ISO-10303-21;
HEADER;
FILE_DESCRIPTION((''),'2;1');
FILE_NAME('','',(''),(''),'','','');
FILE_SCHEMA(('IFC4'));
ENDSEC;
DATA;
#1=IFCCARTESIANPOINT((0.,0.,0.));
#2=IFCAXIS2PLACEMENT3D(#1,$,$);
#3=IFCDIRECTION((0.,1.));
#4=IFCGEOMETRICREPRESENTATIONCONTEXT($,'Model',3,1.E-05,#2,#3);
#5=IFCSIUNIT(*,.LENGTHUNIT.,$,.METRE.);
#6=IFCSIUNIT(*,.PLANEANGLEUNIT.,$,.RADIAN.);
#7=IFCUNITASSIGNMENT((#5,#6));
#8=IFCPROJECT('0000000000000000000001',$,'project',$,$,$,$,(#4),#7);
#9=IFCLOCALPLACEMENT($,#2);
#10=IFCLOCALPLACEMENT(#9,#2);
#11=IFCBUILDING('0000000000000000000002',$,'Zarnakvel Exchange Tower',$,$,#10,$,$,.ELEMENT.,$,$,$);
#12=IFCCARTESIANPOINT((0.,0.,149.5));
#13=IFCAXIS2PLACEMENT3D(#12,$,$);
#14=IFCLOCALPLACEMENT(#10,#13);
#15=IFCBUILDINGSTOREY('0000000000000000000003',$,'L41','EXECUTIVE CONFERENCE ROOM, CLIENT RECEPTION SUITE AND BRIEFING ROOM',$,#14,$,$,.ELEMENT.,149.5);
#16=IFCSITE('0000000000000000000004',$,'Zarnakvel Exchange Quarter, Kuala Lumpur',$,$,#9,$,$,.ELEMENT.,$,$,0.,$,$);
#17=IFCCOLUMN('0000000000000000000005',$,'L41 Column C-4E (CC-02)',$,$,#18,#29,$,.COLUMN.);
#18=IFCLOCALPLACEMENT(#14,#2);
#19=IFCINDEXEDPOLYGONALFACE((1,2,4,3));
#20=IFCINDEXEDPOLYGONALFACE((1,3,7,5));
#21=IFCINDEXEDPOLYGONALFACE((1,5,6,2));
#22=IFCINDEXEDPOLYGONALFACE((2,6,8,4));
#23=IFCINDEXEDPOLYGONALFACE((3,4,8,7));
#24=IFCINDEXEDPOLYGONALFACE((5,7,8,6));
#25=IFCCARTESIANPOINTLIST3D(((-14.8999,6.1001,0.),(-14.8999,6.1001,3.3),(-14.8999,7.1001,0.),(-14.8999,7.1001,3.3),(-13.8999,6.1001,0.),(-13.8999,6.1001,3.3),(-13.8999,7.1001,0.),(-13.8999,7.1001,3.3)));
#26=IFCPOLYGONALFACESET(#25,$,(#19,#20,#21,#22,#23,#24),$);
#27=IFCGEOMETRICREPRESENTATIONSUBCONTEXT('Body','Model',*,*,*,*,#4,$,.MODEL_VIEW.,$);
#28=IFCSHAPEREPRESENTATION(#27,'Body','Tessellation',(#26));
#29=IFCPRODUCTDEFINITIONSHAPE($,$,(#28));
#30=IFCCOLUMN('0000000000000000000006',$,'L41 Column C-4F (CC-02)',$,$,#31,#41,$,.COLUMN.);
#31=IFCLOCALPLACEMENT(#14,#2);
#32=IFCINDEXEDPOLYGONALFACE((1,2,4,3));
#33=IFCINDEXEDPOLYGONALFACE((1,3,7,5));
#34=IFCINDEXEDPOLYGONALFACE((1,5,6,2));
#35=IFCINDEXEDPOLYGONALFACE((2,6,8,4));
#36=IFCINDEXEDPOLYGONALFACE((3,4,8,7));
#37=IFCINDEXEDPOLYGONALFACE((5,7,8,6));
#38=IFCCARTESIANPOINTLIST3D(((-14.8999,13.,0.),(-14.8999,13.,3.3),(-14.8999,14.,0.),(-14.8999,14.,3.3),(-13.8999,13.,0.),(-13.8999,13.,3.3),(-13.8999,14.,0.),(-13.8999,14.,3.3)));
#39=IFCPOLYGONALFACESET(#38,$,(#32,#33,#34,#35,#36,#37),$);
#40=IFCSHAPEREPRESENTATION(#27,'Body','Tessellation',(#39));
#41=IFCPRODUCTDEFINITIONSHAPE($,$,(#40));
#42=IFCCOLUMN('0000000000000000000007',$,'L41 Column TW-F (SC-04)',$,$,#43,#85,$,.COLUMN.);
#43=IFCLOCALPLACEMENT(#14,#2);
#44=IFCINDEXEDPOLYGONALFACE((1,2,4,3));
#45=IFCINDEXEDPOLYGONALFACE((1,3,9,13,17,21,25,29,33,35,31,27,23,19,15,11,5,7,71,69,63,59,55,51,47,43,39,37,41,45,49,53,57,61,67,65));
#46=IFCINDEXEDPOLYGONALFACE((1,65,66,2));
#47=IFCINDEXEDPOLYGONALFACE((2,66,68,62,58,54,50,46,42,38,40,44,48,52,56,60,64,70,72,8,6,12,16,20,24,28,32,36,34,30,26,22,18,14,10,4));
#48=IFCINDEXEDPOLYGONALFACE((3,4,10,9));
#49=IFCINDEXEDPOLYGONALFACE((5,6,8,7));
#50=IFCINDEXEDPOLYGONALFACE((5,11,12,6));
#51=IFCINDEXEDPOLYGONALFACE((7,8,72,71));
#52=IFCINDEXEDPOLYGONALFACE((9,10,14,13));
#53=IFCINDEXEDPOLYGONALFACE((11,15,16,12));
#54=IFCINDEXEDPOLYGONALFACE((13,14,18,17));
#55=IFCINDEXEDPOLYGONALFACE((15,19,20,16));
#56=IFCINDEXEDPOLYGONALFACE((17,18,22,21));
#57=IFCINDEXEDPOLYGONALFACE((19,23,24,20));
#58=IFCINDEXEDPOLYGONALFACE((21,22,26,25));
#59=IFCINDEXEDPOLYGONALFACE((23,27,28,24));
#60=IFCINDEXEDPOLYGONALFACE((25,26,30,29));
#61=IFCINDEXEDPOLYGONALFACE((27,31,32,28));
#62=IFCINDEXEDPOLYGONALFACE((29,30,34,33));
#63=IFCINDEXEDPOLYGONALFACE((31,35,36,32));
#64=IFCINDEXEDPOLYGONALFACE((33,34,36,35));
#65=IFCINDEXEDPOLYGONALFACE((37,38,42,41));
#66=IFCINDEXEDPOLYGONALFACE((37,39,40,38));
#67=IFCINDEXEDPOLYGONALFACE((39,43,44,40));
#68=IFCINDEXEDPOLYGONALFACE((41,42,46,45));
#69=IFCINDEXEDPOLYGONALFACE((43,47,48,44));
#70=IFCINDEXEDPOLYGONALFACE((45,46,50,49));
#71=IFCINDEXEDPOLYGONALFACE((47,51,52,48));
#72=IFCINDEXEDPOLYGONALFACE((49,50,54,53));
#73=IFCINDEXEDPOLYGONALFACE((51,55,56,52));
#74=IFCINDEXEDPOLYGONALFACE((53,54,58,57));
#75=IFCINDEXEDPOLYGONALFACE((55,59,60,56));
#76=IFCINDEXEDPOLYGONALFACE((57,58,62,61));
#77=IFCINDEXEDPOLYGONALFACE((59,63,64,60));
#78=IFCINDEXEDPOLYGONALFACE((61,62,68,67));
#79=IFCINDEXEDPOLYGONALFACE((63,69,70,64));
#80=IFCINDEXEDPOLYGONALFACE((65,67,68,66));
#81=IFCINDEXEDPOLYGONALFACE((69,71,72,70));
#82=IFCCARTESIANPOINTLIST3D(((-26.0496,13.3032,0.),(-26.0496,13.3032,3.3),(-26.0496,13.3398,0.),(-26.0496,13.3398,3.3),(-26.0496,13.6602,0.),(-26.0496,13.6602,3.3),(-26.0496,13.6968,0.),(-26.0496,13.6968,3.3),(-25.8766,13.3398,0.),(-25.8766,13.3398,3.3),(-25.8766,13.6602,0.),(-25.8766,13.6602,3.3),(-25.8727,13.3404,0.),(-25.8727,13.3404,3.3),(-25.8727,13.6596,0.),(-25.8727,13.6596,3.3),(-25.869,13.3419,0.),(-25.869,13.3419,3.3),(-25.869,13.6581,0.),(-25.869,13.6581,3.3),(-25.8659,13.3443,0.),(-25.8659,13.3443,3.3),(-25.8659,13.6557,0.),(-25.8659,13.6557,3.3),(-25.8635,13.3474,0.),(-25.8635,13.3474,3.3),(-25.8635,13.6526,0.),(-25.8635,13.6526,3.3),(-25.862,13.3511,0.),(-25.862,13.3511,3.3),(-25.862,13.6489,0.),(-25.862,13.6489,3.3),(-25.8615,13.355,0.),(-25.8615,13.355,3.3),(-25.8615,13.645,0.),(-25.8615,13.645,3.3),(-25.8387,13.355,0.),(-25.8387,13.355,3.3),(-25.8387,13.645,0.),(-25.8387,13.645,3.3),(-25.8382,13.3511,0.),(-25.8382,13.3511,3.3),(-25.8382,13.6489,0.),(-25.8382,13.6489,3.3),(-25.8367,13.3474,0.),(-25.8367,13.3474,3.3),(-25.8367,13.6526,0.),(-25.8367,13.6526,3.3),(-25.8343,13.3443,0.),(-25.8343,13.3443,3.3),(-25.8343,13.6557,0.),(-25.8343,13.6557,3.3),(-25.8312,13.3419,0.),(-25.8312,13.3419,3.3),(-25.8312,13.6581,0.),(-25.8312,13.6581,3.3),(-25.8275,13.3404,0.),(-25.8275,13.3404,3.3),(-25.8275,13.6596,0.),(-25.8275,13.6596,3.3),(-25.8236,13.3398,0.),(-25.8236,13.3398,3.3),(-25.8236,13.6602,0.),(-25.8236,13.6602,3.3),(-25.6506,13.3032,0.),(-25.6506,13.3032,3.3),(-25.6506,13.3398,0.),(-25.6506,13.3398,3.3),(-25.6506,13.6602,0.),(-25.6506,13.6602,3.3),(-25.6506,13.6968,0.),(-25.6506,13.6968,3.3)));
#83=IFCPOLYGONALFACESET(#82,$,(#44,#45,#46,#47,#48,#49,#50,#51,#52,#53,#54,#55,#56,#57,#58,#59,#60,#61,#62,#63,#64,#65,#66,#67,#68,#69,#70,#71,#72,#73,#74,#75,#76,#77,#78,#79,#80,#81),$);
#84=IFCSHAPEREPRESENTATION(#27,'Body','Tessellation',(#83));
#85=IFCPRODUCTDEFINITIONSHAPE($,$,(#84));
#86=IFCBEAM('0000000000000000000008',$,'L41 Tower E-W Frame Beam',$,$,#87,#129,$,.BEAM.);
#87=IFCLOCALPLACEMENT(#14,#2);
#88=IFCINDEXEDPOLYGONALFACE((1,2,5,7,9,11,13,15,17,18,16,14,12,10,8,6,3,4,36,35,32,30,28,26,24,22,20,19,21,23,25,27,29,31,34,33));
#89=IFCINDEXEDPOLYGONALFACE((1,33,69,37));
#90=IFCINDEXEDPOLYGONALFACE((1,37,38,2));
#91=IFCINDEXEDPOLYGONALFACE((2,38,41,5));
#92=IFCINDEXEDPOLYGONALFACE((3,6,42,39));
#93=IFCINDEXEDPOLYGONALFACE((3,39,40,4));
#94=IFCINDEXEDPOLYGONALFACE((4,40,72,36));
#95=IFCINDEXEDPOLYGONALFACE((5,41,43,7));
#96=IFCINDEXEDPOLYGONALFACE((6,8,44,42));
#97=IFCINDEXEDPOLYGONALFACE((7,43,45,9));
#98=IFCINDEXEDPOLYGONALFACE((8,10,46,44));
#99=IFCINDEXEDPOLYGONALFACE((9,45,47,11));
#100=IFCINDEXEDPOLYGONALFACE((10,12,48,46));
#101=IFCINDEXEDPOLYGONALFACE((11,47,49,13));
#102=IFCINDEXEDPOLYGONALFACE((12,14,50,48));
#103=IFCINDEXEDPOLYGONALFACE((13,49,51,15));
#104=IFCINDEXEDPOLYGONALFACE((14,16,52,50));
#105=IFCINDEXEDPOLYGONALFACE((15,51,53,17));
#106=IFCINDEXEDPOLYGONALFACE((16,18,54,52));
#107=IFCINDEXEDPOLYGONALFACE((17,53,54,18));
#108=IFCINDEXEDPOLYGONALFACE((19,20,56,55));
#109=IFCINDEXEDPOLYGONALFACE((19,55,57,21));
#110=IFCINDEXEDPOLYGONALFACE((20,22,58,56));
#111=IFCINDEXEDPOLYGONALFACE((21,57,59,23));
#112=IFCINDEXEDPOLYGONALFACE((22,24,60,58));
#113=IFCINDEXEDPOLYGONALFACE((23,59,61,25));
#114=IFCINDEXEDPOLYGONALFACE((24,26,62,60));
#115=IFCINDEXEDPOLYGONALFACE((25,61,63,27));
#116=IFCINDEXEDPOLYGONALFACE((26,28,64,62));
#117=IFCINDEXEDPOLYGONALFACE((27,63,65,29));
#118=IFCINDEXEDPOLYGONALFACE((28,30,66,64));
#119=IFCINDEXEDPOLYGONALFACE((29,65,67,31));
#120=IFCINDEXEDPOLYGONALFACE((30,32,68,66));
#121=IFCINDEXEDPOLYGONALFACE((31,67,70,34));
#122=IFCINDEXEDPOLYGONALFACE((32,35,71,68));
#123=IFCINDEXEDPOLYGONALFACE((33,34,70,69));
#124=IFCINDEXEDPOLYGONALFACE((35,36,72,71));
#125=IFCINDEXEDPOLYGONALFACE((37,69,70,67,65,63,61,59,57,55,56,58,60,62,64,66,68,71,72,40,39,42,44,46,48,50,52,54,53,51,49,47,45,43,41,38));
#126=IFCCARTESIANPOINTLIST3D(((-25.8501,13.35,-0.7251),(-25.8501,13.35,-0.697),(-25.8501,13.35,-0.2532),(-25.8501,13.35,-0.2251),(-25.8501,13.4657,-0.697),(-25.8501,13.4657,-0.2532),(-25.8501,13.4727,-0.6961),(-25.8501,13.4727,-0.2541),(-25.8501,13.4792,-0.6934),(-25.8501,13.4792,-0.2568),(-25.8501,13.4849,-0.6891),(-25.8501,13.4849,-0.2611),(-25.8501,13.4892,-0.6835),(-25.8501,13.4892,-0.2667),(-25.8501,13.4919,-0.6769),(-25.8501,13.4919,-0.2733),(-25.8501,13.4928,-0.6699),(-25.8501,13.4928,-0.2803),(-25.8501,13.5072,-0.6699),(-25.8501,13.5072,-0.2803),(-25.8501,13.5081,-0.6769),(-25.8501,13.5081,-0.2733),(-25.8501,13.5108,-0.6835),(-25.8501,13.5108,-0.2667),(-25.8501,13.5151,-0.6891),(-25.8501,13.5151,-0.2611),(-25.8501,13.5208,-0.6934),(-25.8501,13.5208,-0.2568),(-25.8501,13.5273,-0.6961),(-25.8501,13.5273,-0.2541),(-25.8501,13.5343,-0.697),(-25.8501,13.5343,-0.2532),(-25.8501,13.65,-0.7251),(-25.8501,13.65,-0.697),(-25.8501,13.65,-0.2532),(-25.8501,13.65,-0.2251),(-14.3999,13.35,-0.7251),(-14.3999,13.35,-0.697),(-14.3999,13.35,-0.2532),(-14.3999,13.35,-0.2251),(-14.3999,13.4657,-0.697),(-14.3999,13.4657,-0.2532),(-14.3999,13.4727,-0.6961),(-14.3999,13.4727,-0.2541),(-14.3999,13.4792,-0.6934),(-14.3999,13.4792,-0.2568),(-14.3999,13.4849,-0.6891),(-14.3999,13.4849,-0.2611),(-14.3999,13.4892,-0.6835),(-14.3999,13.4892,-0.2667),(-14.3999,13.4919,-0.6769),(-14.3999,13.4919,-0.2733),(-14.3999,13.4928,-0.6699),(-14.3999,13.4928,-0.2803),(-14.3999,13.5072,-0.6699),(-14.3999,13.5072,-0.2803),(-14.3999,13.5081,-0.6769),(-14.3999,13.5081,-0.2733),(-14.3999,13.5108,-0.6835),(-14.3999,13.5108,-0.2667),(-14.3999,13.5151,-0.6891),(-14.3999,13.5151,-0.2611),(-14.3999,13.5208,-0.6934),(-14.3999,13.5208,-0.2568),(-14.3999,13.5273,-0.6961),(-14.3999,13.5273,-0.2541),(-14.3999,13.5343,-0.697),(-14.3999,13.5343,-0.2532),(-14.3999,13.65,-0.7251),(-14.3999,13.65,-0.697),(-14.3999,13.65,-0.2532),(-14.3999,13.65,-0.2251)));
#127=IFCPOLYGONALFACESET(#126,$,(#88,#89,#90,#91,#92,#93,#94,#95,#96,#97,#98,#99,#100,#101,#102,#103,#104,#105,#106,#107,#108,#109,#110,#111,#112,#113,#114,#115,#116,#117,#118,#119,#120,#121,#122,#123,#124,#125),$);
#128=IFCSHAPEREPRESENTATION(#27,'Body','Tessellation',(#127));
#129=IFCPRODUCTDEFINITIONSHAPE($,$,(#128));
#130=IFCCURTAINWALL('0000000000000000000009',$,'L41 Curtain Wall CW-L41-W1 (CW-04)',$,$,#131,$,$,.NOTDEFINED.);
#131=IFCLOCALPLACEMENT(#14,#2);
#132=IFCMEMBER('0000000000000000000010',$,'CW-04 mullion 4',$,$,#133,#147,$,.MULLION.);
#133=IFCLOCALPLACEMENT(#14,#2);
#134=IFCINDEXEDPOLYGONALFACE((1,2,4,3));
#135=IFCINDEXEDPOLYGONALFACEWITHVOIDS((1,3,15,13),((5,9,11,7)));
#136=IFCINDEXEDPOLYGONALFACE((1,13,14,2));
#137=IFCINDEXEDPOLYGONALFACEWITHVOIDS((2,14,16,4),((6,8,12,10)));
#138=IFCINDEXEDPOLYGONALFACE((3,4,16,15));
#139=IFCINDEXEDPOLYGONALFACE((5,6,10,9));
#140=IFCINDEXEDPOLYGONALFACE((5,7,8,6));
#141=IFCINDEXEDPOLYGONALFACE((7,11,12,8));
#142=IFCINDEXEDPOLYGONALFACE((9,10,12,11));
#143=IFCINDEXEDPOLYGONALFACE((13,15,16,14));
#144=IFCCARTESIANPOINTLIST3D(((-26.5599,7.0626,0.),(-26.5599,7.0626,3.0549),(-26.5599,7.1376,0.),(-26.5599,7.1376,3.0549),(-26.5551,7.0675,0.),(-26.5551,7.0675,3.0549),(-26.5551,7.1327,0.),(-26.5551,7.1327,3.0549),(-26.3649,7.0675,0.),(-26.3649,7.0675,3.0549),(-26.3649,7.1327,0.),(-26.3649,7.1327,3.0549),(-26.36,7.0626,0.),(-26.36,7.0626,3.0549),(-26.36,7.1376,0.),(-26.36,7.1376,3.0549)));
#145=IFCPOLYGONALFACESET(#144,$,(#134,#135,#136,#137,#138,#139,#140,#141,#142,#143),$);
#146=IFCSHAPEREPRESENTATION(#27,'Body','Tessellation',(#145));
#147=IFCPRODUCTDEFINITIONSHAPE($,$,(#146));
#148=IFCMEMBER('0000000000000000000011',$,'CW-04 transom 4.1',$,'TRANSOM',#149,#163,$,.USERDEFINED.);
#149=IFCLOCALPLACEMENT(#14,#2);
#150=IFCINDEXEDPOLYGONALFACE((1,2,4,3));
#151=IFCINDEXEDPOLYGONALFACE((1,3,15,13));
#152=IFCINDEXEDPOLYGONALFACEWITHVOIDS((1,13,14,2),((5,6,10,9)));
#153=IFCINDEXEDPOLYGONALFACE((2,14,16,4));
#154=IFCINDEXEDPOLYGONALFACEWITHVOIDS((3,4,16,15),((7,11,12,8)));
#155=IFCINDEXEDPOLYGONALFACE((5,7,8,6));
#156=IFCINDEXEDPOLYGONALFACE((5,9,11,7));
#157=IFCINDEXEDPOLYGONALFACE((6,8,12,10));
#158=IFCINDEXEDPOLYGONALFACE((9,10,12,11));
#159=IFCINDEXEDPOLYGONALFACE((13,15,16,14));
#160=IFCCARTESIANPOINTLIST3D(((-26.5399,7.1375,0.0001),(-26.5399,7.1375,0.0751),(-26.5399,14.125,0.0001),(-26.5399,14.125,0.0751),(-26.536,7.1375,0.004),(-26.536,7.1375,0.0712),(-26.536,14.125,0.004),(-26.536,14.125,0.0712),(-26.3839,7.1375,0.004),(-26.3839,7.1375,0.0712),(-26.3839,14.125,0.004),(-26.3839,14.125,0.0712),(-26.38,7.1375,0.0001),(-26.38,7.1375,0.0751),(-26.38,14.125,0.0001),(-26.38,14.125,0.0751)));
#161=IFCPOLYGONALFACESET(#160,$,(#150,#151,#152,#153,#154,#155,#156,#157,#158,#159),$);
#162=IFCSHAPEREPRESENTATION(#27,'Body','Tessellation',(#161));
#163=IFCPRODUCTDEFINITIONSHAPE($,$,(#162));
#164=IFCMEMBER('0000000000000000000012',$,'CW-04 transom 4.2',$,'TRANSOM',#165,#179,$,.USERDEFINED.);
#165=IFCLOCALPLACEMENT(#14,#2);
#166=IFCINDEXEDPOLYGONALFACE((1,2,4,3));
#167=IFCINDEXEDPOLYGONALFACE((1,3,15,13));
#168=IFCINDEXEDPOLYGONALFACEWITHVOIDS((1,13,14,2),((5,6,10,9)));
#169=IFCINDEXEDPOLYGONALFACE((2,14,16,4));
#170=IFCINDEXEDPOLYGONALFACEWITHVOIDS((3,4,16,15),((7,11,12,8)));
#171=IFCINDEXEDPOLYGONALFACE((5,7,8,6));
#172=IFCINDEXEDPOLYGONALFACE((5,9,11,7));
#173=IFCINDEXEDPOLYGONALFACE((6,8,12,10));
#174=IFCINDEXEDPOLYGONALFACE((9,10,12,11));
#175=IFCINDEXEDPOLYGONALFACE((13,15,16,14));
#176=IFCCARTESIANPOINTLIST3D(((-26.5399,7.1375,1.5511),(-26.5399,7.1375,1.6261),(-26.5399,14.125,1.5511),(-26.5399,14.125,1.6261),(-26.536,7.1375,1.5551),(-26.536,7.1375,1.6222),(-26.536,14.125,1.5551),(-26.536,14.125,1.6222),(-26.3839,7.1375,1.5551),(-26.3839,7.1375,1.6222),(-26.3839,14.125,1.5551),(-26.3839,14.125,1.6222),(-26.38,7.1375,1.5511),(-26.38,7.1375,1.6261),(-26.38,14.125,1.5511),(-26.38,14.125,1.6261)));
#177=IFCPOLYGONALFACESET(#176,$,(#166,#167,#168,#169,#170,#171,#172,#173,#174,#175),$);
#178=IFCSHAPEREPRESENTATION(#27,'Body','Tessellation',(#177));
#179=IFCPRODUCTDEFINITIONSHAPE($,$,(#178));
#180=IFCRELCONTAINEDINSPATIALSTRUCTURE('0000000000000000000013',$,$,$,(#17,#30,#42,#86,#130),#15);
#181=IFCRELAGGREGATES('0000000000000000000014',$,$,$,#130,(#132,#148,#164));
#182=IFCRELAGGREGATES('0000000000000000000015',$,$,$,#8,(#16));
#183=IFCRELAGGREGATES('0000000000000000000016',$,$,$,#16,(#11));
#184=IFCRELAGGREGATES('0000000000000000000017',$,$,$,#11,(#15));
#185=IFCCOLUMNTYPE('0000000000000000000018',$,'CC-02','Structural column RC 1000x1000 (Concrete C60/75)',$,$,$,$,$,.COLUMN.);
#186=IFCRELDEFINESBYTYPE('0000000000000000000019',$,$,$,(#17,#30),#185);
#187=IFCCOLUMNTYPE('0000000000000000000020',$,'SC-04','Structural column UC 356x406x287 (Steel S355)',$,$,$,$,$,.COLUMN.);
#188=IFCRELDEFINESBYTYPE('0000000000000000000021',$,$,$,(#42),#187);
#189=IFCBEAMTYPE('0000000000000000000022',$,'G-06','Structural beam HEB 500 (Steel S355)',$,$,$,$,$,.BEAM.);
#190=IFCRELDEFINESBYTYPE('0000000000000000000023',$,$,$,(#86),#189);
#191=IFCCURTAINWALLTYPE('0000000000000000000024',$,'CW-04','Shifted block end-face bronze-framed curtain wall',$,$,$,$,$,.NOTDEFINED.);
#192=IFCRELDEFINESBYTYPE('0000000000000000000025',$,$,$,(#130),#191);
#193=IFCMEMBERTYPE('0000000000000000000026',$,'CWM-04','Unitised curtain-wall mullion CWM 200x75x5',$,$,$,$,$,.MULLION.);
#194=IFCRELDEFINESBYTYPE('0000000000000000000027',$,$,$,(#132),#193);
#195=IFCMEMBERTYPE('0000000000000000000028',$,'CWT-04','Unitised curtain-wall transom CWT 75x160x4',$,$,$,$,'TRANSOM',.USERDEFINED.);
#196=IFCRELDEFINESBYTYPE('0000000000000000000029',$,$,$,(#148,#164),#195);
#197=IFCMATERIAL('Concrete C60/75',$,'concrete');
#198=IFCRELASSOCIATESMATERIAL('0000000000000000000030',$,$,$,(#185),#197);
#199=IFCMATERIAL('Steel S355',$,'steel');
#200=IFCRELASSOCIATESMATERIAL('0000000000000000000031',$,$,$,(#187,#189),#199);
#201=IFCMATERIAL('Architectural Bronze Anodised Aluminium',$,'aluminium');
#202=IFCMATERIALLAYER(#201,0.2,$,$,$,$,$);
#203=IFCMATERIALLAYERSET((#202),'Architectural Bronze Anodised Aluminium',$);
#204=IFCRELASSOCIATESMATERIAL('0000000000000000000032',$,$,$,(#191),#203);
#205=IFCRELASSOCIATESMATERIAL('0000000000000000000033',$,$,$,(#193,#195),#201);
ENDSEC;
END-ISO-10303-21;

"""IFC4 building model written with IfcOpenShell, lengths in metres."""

from ifc_helpers import new_model, si_unit, direction, frame, origin, origin_2d, place, context, subcontext, project, spatial, rectangle, hollow_rectangle, i_section, extrude, source, transform, mapped, material, layer, layer_set, material_profile, profile_set, type_object, element, aggregate, save


model = new_model("IFC4")

# Units and contexts
model_context = context("Model", 3, precision=1e-05, world=origin(), true_north=direction((0.0, 1.0)))
body_context = subcontext(model_context, "Body", "Model", "MODEL_VIEW")
ifc_project = project(units=[si_unit("LENGTHUNIT", "METRE"), si_unit("PLANEANGLEUNIT", "RADIAN")], contexts=[model_context])

# Site, building, storey
site_placement = place(None, origin())
site = spatial("IfcSite", under=ifc_project, at=site_placement, Name="Zarnakvel Exchange Quarter, Kuala Lumpur", CompositionType="ELEMENT", RefElevation=0.0)
building_placement = place(site_placement, origin())
building = spatial("IfcBuilding", under=site, at=building_placement, Name="Zarnakvel Exchange Tower", CompositionType="ELEMENT")
storey_placement = place(building_placement, frame((0.0, 0.0, 149.5)))
storey = spatial("IfcBuildingStorey", under=building, at=storey_placement, Name="L41", Description="EXECUTIVE CONFERENCE ROOM, CLIENT RECEPTION SUITE AND BRIEFING ROOM", CompositionType="ELEMENT", Elevation=149.5)

# Columns
ifc_material_1 = material(Name="Concrete C60/75", Category="concrete")
ifc_material_profile_1 = material_profile(ifc_material_1, rectangle(XDim=1.0, YDim=1.0, at=origin_2d()))
ifc_profile_set_1 = profile_set([ifc_material_profile_1], Name="Concrete C60/75")
column_type_1 = type_object("IfcColumnType", Name="CC-02", Description="Structural column RC 1000x1000 (Concrete C60/75)", PredefinedType="COLUMN", material=ifc_profile_set_1)
for number, where, z_axis, x_axis, name in (
    (1, (-14.3999, 6.6001, 0.0), (0.0, 0.0, 1.0), (1.0, 0.0, 0.0), "L41 Column C-4E (CC-02)"),
    (2, (-14.3999, 13.5, 0.0), (0.0, 0.0, 1.0), (1.0, 0.0, 0.0), "L41 Column C-4F (CC-02)"),
):
    element("IfcColumn", number, at=place(storey_placement, frame(where, z_axis=z_axis, x_axis=x_axis)), inside=storey, type_object=column_type_1, Name=name, PredefinedType="COLUMN", context=body_context, shape_type="SweptSolid", body=[
        extrude(rectangle(XDim=1.0, YDim=1.0, at=origin_2d()), origin(), (0.0, 0.0, 1.0), 3.3),
    ])
ifc_material_2 = material(Name="Steel S355", Category="steel")
ifc_material_profile_2 = material_profile(ifc_material_2, i_section(OverallWidth=0.3989, OverallDepth=0.3936, WebThickness=0.0227, FlangeThickness=0.0366, FilletRadius=0.0151, at=origin_2d()))
ifc_profile_set_2 = profile_set([ifc_material_profile_2], Name="Steel S355")
column_type_2 = type_object("IfcColumnType", Name="SC-04", Description="Structural column UC 356x406x287 (Steel S355)", PredefinedType="COLUMN", material=ifc_profile_set_2)
column_placement = place(storey_placement, frame((-25.8501, 13.5, 0.0), z_axis=(0.0, 0.0, 1.0), x_axis=(1.0, 0.0, 0.0)))
element("IfcColumn", 3, at=column_placement, inside=storey, type_object=column_type_2, Name="L41 Column TW-F (SC-04)", PredefinedType="COLUMN", context=body_context, shape_type="SweptSolid", body=[
    extrude(i_section(OverallWidth=0.3989, OverallDepth=0.3936, WebThickness=0.0227, FlangeThickness=0.0366, FilletRadius=0.0151, at=origin_2d()), origin(), (0.0, 0.0, 1.0), 3.3),
])

# Beam
ifc_material_profile_3 = material_profile(ifc_material_2, i_section(OverallWidth=0.3, OverallDepth=0.5, WebThickness=0.0144, FlangeThickness=0.0281, FilletRadius=0.0271, at=origin_2d()))
ifc_profile_set_3 = profile_set([ifc_material_profile_3], Name="Steel S355")
beam_type = type_object("IfcBeamType", Name="G-06", Description="Structural beam HEB 500 (Steel S355)", PredefinedType="BEAM", material=ifc_profile_set_3)
beam_placement = place(storey_placement, frame((-25.8501, 13.5, -0.4751), z_axis=(1.0, 0.0, 0.0), x_axis=(0.0, 1.0, 0.0)))
element("IfcBeam", 4, at=beam_placement, inside=storey, type_object=beam_type, Name="L41 Tower E-W Frame Beam", PredefinedType="BEAM", context=body_context, shape_type="SweptSolid", body=[
    extrude(i_section(OverallWidth=0.3, OverallDepth=0.5, WebThickness=0.0144, FlangeThickness=0.0281, FilletRadius=0.0271, at=origin_2d()), origin(), (0.0, 0.0, 1.0), 11.4502),
])

# Curtain wall, members
ifc_material_3 = material(Name="Architectural Bronze Anodised Aluminium", Category="aluminium")
ifc_layer_1 = layer(ifc_material_3, 0.2)
ifc_layer_set_1 = layer_set([ifc_layer_1], Name="Architectural Bronze Anodised Aluminium")
curtain_wall_type = type_object("IfcCurtainWallType", Name="CW-04", Description="Shifted block end-face bronze-framed curtain wall", PredefinedType="NOTDEFINED", material=ifc_layer_set_1)
curtain_wall_placement = place(storey_placement, origin())
curtain_wall = element("IfcCurtainWall", 5, at=curtain_wall_placement, inside=storey, type_object=curtain_wall_type, Name="L41 Curtain Wall CW-L41-W1 (CW-04)", PredefinedType="NOTDEFINED")
ifc_material_profile_4 = material_profile(ifc_material_3, hollow_rectangle(XDim=0.2, YDim=0.075, WallThickness=0.0049, at=origin_2d()))
ifc_profile_set_4 = profile_set([ifc_material_profile_4], Name="Architectural Bronze Anodised Aluminium")
member_type_1 = type_object("IfcMemberType", Name="CWM-04", Description="Unitised curtain-wall mullion CWM 200x75x5", PredefinedType="MULLION", material=ifc_profile_set_4)
shared_shape_1 = source(origin(), body_context, "Body", "SweptSolid", [
    extrude(hollow_rectangle(XDim=0.2, YDim=0.075, WallThickness=0.0049, at=origin_2d()), origin(), (0.0, 0.0, 1.0), 3.0549),
])
member_1_placement = place(storey_placement, frame((-26.46, 7.1001, 0.0), z_axis=(0.0, 0.0, 1.0), x_axis=(-1.0, 0.0, 0.0)))
member_1 = element("IfcMember", 6, at=member_1_placement, type_object=member_type_1, Name="CW-04 mullion 4", PredefinedType="MULLION", context=body_context, shape_type="MappedRepresentation", body=[
    mapped(shared_shape_1, transform((0.0, 0.0, 0.0), x_axis=(1.0, 0.0, 0.0), y_axis=(0.0, 1.0, 0.0), z_axis=(0.0, 0.0, 1.0), scale=1.0)),
])
ifc_material_profile_5 = material_profile(ifc_material_3, hollow_rectangle(XDim=0.1599, YDim=0.075, WallThickness=0.0039, at=origin_2d()))
ifc_profile_set_5 = profile_set([ifc_material_profile_5], Name="Architectural Bronze Anodised Aluminium")
member_type_2 = type_object("IfcMemberType", Name="CWT-04", Description="Unitised curtain-wall transom CWT 75x160x4", ElementType="TRANSOM", PredefinedType="USERDEFINED", material=ifc_profile_set_5)
shared_shape_2 = source(origin(), body_context, "Body", "SweptSolid", [
    extrude(hollow_rectangle(XDim=0.1599, YDim=0.075, WallThickness=0.0039, at=origin_2d()), origin(), (0.0, 0.0, 1.0), 6.9875),
])
member_2_placement = place(storey_placement, frame((-26.46, 7.1375, 0.0376), z_axis=(0.0, 1.0, 0.0), x_axis=(-1.0, 0.0, 0.0)))
member_2 = element("IfcMember", 7, at=member_2_placement, type_object=member_type_2, Name="CW-04 transom 4.1", ObjectType="TRANSOM", PredefinedType="USERDEFINED", context=body_context, shape_type="MappedRepresentation", body=[
    mapped(shared_shape_2, transform((0.0, 0.0, 0.0), x_axis=(1.0, 0.0, 0.0), y_axis=(0.0, 1.0, 0.0), z_axis=(0.0, 0.0, 1.0), scale=1.0)),
])
member_3_placement = place(storey_placement, frame((-26.46, 7.1375, 1.5886), z_axis=(0.0, 1.0, 0.0), x_axis=(-1.0, 0.0, 0.0)))
member_3 = element("IfcMember", 8, at=member_3_placement, type_object=member_type_2, Name="CW-04 transom 4.2", ObjectType="TRANSOM", PredefinedType="USERDEFINED", context=body_context, shape_type="MappedRepresentation", body=[
    mapped(shared_shape_2, transform((0.0, 0.0, 0.0), x_axis=(1.0, 0.0, 0.0), y_axis=(0.0, 1.0, 0.0), z_axis=(0.0, 0.0, 1.0), scale=1.0)),
])
aggregate(curtain_wall, [member_1, member_2, member_3])

save(model, "model.ifc")
